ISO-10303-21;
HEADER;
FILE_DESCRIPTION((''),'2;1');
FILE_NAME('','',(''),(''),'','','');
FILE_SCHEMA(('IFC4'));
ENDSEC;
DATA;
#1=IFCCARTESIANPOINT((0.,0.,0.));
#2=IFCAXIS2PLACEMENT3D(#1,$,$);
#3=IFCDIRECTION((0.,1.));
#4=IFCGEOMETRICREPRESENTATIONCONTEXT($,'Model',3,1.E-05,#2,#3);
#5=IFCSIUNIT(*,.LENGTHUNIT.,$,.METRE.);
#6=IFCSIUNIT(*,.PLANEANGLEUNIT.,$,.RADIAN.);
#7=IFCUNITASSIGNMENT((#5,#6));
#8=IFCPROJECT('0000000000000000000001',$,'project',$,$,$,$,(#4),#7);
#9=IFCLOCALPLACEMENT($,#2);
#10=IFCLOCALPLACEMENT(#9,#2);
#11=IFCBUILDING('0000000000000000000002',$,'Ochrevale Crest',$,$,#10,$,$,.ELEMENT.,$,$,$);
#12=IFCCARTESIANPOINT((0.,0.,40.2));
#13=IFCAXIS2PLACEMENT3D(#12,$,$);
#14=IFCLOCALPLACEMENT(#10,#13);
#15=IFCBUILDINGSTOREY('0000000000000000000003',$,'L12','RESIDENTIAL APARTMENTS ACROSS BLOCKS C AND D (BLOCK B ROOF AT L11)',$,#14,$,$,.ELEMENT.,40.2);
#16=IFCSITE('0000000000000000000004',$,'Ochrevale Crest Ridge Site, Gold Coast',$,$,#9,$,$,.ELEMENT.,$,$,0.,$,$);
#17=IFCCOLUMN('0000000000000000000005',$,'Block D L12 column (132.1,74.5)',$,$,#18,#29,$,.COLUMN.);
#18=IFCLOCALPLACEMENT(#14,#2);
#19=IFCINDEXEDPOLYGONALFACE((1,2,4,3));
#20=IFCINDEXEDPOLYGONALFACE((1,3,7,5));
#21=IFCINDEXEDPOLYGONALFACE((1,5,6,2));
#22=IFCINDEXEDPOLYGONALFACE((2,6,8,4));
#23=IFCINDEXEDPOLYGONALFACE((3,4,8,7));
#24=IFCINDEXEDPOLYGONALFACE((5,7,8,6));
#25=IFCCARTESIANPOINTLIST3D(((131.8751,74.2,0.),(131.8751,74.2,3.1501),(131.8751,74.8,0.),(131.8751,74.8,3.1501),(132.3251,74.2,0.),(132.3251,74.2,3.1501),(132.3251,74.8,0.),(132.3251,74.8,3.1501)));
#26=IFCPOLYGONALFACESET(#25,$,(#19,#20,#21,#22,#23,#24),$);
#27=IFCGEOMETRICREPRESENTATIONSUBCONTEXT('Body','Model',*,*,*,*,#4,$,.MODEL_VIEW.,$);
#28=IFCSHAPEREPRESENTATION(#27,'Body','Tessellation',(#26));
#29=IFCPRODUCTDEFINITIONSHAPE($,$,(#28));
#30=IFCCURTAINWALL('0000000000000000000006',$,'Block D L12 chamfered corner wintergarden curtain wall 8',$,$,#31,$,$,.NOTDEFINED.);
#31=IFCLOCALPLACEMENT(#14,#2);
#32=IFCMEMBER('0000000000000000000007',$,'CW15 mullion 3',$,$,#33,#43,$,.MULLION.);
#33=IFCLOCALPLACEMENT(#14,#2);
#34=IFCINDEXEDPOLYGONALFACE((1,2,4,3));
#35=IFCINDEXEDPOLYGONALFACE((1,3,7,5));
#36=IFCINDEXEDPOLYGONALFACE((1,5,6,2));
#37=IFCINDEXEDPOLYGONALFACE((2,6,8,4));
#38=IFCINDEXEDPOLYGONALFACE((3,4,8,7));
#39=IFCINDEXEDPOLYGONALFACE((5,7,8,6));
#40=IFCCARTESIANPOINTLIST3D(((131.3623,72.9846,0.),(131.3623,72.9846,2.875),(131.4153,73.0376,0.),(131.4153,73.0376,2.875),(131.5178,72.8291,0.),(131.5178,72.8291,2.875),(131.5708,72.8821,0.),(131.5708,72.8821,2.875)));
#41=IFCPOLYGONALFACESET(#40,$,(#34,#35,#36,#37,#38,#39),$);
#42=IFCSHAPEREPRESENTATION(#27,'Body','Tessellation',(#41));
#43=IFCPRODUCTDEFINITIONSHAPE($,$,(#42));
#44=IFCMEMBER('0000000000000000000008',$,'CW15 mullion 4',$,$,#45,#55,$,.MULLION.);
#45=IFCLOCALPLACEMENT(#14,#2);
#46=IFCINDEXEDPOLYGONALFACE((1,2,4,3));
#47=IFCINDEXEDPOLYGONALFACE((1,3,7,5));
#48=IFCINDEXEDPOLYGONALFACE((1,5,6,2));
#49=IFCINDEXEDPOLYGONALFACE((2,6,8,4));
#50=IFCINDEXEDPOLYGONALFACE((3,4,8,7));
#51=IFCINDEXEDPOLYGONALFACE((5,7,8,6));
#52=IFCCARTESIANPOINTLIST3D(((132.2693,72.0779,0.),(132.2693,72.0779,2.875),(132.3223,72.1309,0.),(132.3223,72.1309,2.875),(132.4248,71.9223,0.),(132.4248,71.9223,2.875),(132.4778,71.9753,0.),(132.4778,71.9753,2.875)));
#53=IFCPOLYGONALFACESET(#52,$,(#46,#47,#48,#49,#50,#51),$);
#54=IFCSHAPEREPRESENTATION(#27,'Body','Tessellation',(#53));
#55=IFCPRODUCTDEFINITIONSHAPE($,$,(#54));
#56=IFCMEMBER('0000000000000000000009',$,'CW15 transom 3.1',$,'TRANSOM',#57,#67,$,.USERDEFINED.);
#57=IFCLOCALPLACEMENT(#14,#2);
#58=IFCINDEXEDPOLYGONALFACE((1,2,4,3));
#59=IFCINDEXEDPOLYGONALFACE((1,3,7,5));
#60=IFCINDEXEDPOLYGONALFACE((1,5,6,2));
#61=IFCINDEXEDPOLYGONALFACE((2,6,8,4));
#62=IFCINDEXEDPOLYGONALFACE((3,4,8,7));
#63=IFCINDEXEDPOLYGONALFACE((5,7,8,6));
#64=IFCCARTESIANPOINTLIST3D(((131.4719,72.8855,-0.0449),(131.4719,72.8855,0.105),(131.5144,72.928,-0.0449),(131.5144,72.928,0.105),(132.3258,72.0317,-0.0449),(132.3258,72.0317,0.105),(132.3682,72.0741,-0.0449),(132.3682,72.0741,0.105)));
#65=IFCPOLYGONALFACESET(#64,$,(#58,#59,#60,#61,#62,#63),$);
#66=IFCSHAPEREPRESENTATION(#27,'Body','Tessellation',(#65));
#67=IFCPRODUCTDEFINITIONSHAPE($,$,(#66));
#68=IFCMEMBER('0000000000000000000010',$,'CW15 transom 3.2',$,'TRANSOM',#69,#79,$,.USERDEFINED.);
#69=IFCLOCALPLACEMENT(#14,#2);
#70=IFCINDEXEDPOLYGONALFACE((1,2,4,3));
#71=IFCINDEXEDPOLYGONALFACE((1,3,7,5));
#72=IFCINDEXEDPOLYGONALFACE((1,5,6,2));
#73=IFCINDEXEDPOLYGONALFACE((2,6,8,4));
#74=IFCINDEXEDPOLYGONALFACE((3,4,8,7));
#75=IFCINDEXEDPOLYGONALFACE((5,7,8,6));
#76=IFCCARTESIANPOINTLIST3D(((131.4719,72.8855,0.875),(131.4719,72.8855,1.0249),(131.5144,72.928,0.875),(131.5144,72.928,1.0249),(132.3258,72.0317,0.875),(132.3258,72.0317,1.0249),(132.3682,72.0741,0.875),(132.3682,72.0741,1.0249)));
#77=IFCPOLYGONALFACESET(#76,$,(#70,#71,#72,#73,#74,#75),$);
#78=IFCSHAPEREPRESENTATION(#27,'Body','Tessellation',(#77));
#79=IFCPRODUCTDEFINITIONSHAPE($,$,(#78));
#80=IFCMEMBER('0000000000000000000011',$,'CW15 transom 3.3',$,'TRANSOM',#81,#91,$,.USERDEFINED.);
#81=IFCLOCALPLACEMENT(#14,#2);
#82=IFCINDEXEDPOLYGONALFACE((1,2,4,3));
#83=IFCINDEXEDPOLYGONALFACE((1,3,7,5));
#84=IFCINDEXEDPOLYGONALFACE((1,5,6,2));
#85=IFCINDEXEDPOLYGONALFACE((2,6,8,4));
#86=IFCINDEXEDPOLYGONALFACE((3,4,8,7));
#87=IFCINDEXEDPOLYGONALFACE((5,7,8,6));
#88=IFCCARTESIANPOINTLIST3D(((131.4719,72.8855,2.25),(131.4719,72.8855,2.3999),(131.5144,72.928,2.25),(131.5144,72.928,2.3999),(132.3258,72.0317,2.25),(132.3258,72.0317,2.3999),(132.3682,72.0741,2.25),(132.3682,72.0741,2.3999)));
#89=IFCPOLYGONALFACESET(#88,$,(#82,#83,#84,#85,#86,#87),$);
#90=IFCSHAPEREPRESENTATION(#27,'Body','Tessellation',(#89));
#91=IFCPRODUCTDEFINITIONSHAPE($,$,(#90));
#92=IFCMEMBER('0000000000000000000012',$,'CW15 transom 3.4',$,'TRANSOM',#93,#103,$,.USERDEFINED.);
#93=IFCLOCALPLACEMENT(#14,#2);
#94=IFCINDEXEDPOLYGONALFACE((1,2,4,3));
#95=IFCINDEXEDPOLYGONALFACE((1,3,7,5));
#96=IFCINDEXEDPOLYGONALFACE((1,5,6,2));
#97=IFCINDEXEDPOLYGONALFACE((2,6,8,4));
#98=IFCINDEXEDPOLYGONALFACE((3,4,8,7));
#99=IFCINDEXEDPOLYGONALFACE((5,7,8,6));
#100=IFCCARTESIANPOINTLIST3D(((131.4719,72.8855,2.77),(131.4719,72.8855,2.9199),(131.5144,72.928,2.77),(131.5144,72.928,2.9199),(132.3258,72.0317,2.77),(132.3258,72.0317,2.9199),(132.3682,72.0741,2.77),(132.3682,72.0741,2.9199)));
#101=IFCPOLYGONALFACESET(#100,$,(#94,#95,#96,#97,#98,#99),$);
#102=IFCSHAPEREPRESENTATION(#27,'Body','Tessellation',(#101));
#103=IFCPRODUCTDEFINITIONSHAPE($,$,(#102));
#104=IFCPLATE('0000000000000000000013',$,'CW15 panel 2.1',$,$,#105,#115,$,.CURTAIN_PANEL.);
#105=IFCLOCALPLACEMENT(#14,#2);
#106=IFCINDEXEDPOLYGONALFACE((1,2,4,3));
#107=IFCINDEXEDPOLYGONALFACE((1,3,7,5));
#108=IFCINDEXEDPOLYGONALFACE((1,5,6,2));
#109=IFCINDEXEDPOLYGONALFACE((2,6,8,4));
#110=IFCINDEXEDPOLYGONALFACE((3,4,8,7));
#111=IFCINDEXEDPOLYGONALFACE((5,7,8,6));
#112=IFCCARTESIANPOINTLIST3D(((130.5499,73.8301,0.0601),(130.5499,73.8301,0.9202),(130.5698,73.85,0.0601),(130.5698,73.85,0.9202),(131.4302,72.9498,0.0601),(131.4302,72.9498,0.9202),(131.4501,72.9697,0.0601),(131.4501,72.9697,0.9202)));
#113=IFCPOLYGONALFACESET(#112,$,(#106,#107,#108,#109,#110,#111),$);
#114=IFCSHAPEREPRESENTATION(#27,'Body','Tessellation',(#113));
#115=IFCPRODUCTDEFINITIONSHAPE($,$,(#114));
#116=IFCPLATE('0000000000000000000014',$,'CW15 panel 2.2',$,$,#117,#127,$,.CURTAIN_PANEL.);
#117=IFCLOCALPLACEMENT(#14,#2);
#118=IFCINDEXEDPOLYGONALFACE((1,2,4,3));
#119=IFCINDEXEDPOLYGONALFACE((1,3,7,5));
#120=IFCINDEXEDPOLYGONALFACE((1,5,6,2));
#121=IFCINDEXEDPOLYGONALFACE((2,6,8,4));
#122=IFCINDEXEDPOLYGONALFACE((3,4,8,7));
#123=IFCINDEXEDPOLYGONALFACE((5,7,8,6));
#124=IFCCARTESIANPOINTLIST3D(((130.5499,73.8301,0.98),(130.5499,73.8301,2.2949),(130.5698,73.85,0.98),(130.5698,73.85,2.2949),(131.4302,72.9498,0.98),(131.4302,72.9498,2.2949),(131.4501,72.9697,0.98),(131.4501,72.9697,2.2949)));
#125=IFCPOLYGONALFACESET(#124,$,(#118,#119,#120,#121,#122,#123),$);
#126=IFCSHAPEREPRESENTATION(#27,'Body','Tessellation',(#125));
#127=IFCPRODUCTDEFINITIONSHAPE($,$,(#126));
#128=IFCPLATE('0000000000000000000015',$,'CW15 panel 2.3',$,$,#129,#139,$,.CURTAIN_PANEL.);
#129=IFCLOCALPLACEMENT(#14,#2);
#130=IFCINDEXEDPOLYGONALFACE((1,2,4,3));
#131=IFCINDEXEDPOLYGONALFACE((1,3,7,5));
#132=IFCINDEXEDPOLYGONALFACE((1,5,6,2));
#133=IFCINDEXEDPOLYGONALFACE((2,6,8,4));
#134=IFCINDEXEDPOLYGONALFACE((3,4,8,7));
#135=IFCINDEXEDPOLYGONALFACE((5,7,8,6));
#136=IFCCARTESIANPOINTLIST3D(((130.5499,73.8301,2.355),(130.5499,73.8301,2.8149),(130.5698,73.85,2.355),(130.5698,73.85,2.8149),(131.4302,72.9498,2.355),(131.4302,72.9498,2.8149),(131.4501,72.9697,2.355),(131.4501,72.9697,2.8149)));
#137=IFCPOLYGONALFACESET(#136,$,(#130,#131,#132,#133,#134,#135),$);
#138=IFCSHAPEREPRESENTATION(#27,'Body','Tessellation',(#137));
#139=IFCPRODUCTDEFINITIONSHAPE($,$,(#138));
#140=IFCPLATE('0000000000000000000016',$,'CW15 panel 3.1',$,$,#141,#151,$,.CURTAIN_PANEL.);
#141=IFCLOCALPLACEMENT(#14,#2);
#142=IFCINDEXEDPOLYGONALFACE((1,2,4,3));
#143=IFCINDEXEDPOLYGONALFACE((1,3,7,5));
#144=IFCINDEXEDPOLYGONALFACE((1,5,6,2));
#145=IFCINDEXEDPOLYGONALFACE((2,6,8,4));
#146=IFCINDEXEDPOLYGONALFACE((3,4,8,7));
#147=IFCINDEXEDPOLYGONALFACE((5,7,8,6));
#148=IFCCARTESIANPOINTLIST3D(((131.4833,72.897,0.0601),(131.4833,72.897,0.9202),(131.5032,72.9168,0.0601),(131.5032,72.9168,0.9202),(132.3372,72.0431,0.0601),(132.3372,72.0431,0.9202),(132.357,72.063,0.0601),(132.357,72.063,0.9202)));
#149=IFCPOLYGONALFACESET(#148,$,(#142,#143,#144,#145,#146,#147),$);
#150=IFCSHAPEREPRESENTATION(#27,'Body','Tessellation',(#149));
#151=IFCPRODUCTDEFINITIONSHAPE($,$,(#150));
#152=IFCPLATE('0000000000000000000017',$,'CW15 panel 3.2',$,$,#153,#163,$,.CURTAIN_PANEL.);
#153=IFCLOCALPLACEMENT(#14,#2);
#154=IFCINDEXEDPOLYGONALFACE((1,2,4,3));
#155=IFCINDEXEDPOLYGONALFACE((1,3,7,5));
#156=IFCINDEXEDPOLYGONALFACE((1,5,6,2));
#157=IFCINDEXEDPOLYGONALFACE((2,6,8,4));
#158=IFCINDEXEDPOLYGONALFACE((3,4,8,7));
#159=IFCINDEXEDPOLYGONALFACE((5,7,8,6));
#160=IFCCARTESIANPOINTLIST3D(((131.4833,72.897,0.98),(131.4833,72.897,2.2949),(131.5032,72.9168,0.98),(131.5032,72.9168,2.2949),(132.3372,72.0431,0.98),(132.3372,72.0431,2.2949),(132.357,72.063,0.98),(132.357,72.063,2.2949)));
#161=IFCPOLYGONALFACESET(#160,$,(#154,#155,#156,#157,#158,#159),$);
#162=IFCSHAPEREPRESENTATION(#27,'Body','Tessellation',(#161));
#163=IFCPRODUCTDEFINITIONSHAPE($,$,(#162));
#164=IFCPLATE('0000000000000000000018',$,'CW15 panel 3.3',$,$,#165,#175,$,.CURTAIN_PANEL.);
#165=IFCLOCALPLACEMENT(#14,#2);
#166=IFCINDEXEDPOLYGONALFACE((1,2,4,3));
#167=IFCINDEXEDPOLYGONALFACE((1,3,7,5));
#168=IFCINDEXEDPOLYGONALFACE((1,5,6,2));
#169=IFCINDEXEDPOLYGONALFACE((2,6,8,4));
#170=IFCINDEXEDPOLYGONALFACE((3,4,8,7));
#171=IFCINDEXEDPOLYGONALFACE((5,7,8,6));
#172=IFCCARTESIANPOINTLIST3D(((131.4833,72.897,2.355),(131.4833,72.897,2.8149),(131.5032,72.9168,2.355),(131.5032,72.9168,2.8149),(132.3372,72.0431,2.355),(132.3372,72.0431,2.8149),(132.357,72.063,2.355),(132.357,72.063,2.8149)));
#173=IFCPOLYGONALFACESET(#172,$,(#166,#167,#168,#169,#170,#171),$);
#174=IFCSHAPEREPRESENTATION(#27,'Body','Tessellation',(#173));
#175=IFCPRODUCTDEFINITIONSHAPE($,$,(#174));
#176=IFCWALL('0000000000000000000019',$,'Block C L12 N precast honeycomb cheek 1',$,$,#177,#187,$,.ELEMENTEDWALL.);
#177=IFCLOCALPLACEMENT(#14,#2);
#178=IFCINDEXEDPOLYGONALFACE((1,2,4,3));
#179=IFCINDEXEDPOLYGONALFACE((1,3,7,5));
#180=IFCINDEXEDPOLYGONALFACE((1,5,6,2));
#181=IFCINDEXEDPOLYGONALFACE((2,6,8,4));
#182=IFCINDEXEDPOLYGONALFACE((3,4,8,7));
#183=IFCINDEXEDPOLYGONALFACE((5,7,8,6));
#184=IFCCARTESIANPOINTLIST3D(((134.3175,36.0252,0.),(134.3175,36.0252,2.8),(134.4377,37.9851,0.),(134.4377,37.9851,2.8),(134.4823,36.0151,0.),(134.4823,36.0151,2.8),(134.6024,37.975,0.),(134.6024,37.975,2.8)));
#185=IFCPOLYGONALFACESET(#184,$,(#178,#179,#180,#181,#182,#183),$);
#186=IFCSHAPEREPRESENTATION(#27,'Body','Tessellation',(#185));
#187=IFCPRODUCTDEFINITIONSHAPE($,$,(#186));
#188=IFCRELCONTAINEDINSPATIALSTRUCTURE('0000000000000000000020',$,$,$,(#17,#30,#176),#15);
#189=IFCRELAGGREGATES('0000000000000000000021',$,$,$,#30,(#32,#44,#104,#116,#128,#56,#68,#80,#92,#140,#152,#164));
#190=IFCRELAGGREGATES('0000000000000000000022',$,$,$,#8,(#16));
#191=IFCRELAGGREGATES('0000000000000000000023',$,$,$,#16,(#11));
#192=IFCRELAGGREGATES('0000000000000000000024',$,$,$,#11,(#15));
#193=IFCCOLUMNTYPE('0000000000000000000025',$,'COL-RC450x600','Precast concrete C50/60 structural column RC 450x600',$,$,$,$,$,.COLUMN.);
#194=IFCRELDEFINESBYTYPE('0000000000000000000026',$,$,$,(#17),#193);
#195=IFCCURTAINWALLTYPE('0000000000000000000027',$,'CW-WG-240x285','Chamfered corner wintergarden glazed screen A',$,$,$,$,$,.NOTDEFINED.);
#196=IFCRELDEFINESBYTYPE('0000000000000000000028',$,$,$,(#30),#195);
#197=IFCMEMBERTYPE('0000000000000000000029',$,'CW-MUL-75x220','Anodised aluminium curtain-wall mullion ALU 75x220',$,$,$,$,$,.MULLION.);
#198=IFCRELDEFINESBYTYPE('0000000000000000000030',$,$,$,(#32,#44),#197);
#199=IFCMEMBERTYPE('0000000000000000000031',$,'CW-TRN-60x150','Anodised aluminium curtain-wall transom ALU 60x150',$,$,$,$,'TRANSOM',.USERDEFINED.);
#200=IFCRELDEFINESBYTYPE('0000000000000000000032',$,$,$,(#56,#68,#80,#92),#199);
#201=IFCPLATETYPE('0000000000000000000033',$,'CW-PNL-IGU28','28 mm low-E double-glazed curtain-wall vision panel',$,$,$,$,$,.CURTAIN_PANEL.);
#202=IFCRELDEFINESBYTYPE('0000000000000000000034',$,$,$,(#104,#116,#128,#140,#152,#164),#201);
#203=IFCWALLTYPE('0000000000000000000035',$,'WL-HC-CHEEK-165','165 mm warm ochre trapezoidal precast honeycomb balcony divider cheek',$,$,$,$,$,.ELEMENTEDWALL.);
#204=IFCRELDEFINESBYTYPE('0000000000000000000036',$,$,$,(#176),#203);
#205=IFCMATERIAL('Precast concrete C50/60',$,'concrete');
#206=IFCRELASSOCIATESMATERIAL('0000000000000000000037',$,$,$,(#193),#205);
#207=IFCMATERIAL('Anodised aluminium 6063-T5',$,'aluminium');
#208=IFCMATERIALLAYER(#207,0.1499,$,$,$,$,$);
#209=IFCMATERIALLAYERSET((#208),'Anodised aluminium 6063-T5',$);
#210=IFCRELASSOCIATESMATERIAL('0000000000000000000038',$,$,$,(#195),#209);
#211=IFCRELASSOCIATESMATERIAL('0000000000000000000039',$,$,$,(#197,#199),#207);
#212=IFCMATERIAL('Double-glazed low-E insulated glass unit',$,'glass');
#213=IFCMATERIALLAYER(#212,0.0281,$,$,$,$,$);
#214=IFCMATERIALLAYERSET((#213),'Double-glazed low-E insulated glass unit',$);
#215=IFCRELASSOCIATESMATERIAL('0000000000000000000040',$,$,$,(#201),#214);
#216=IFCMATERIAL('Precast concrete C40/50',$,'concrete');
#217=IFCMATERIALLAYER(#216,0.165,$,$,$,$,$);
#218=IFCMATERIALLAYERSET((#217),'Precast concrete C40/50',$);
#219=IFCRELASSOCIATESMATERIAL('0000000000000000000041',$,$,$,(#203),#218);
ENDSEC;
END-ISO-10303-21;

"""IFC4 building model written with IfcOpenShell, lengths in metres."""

from ifc_helpers import new_model, si_unit, direction, frame, frame_2d, origin, origin_2d, place, context, subcontext, project, spatial, rectangle, extrude, material, layer, layer_set, material_profile, profile_set, type_object, element, aggregate, save


model = new_model("IFC4")

# Units and contexts
model_context = context("Model", 3, precision=1e-05, world=origin(), true_north=direction((0.0, 1.0)))
body_context = subcontext(model_context, "Body", "Model", "MODEL_VIEW")
ifc_project = project(units=[si_unit("LENGTHUNIT", "METRE"), si_unit("PLANEANGLEUNIT", "RADIAN")], contexts=[model_context])

# Site, building, storey
site_placement = place(None, origin())
site = spatial("IfcSite", under=ifc_project, at=site_placement, Name="Ochrevale Crest Ridge Site, Gold Coast", CompositionType="ELEMENT", RefElevation=0.0)
building_placement = place(site_placement, origin())
building = spatial("IfcBuilding", under=site, at=building_placement, Name="Ochrevale Crest", CompositionType="ELEMENT")
storey_placement = place(building_placement, frame((0.0, 0.0, 40.2)))
storey = spatial("IfcBuildingStorey", under=building, at=storey_placement, Name="L12", Description="RESIDENTIAL APARTMENTS ACROSS BLOCKS C AND D (BLOCK B ROOF AT L11)", CompositionType="ELEMENT", Elevation=40.2)

# Column
ifc_material_1 = material(Name="Precast concrete C50/60", Category="concrete")
ifc_material_profile_1 = material_profile(ifc_material_1, rectangle(XDim=0.45, YDim=0.6001, at=origin_2d()), Name="RC 450x600")
ifc_profile_set_1 = profile_set([ifc_material_profile_1], Name="Precast concrete C50/60")
column_type = type_object("IfcColumnType", Name="COL-RC450x600", Description="Precast concrete C50/60 structural column RC 450x600", PredefinedType="COLUMN", material=ifc_profile_set_1)
column_placement = place(storey_placement, frame((132.1001, 74.5, 0.0), z_axis=(0.0, 0.0, 1.0), x_axis=(1.0, 0.0, 0.0)))
element("IfcColumn", 1, at=column_placement, inside=storey, type_object=column_type, Name="Block D L12 column (132.1,74.5)", PredefinedType="COLUMN", context=body_context, shape_type="SweptSolid", body=[
    extrude(rectangle(XDim=0.45, YDim=0.6001, at=origin_2d()), origin(), (0.0, 0.0, 1.0), 3.1501),
])

# Curtain wall, members, plates
ifc_material_2 = material(Name="Anodised aluminium 6063-T5", Category="aluminium")
ifc_layer_1 = layer(ifc_material_2, 0.1499)
ifc_layer_set_1 = layer_set([ifc_layer_1], Name="Anodised aluminium 6063-T5")
curtain_wall_type = type_object("IfcCurtainWallType", Name="CW-WG-240x285", Description="Chamfered corner wintergarden glazed screen A", PredefinedType="NOTDEFINED", material=ifc_layer_set_1)
curtain_wall_placement = place(storey_placement, origin())
curtain_wall = element("IfcCurtainWall", 2, at=curtain_wall_placement, inside=storey, type_object=curtain_wall_type, Name="Block D L12 chamfered corner wintergarden curtain wall 8", PredefinedType="NOTDEFINED")
ifc_material_profile_2 = material_profile(ifc_material_2, rectangle(XDim=0.075, YDim=0.22, at=origin_2d()), Name="ALU 75x220")
ifc_profile_set_2 = profile_set([ifc_material_profile_2], Name="Anodised aluminium 6063-T5")
member_type_1 = type_object("IfcMemberType", Name="CW-MUL-75x220", Description="Anodised aluminium curtain-wall mullion ALU 75x220", PredefinedType="MULLION", material=ifc_profile_set_2)
member_1_placement = place(storey_placement, frame((131.4666, 72.9333, 0.0), z_axis=(0.0, 0.0, 1.0), x_axis=(0.707107, 0.707107, 0.0)))
member_1 = element("IfcMember", 3, at=member_1_placement, type_object=member_type_1, Name="CW15 mullion 3", PredefinedType="MULLION", context=body_context, shape_type="SweptSolid", body=[
    extrude(rectangle(XDim=0.075, YDim=0.22, at=origin_2d()), origin(), (0.0, 0.0, 1.0), 2.875),
])
member_2_placement = place(storey_placement, frame((132.3735, 72.0266, 0.0), z_axis=(0.0, 0.0, 1.0), x_axis=(0.707107, 0.707107, 0.0)))
member_2 = element("IfcMember", 4, at=member_2_placement, type_object=member_type_1, Name="CW15 mullion 4", PredefinedType="MULLION", context=body_context, shape_type="SweptSolid", body=[
    extrude(rectangle(XDim=0.075, YDim=0.22, at=origin_2d()), origin(), (0.0, 0.0, 1.0), 2.875),
])
ifc_material_profile_3 = material_profile(ifc_material_2, rectangle(XDim=0.0601, YDim=0.1499, at=origin_2d()), Name="ALU 60x150")
ifc_profile_set_3 = profile_set([ifc_material_profile_3], Name="Anodised aluminium 6063-T5")
member_type_2 = type_object("IfcMemberType", Name="CW-TRN-60x150", Description="Anodised aluminium curtain-wall transom ALU 60x150", ElementType="TRANSOM", PredefinedType="USERDEFINED", material=ifc_profile_set_3)
member_3_placement = place(storey_placement, frame((131.4932, 72.9067, 0.03), z_axis=(0.707107, -0.707107, 0.0), x_axis=(0.707107, 0.707107, 0.0)))
member_3 = element("IfcMember", 5, at=member_3_placement, type_object=member_type_2, Name="CW15 transom 3.1", ObjectType="TRANSOM", PredefinedType="USERDEFINED", context=body_context, shape_type="SweptSolid", body=[
    extrude(rectangle(XDim=0.0601, YDim=0.1499, at=origin_2d()), origin(), (0.0, 0.0, 1.0), 1.2075),
])
member_4_placement = place(storey_placement, frame((131.4932, 72.9067, 0.95), z_axis=(0.707107, -0.707107, 0.0), x_axis=(0.707107, 0.707107, 0.0)))
member_4 = element("IfcMember", 6, at=member_4_placement, type_object=member_type_2, Name="CW15 transom 3.2", ObjectType="TRANSOM", PredefinedType="USERDEFINED", context=body_context, shape_type="SweptSolid", body=[
    extrude(rectangle(XDim=0.0601, YDim=0.1499, at=origin_2d()), origin(), (0.0, 0.0, 1.0), 1.2075),
])
member_5_placement = place(storey_placement, frame((131.4932, 72.9067, 2.325), z_axis=(0.707107, -0.707107, 0.0), x_axis=(0.707107, 0.707107, 0.0)))
member_5 = element("IfcMember", 7, at=member_5_placement, type_object=member_type_2, Name="CW15 transom 3.3", ObjectType="TRANSOM", PredefinedType="USERDEFINED", context=body_context, shape_type="SweptSolid", body=[
    extrude(rectangle(XDim=0.0601, YDim=0.1499, at=origin_2d()), origin(), (0.0, 0.0, 1.0), 1.2075),
])
member_6_placement = place(storey_placement, frame((131.4932, 72.9067, 2.845), z_axis=(0.707107, -0.707107, 0.0), x_axis=(0.707107, 0.707107, 0.0)))
member_6 = element("IfcMember", 8, at=member_6_placement, type_object=member_type_2, Name="CW15 transom 3.4", ObjectType="TRANSOM", PredefinedType="USERDEFINED", context=body_context, shape_type="SweptSolid", body=[
    extrude(rectangle(XDim=0.0601, YDim=0.1499, at=origin_2d()), origin(), (0.0, 0.0, 1.0), 1.2075),
])
ifc_material_3 = material(Name="Double-glazed low-E insulated glass unit", Category="glass")
ifc_layer_2 = layer(ifc_material_3, 0.0281)
ifc_layer_set_2 = layer_set([ifc_layer_2], Name="Double-glazed low-E insulated glass unit")
plate_type = type_object("IfcPlateType", Name="CW-PNL-IGU28", Description="28 mm low-E double-glazed curtain-wall vision panel", PredefinedType="CURTAIN_PANEL", material=ifc_layer_set_2)
plate_1_placement = place(storey_placement, frame((131.0, 73.3999, 0.0601), z_axis=(0.0, 0.0, 1.0), x_axis=(0.707107, -0.707107, 0.0)))
plate_1 = element("IfcPlate", 9, at=plate_1_placement, type_object=plate_type, Name="CW15 panel 2.1", PredefinedType="CURTAIN_PANEL", context=body_context, shape_type="SweptSolid", body=[
    extrude(rectangle(XDim=1.2449, YDim=0.0281, at=origin_2d()), origin(), (0.0, 0.0, 1.0), 0.8601),
])
plate_2_placement = place(storey_placement, frame((131.0, 73.3999, 0.98), z_axis=(0.0, 0.0, 1.0), x_axis=(0.707107, -0.707107, 0.0)))
plate_2 = element("IfcPlate", 10, at=plate_2_placement, type_object=plate_type, Name="CW15 panel 2.2", PredefinedType="CURTAIN_PANEL", context=body_context, shape_type="SweptSolid", body=[
    extrude(rectangle(XDim=1.2449, YDim=0.0281, at=origin_2d()), origin(), (0.0, 0.0, 1.0), 1.3149),
])
plate_3_placement = place(storey_placement, frame((131.0, 73.3999, 2.355), z_axis=(0.0, 0.0, 1.0), x_axis=(0.707107, -0.707107, 0.0)))
plate_3 = element("IfcPlate", 11, at=plate_3_placement, type_object=plate_type, Name="CW15 panel 2.3", PredefinedType="CURTAIN_PANEL", context=body_context, shape_type="SweptSolid", body=[
    extrude(rectangle(XDim=1.2449, YDim=0.0281, at=origin_2d()), origin(), (0.0, 0.0, 1.0), 0.46),
])
plate_4_placement = place(storey_placement, frame((131.9202, 72.48, 0.0601), z_axis=(0.0, 0.0, 1.0), x_axis=(0.707107, -0.707107, 0.0)))
plate_4 = element("IfcPlate", 12, at=plate_4_placement, type_object=plate_type, Name="CW15 panel 3.1", PredefinedType="CURTAIN_PANEL", context=body_context, shape_type="SweptSolid", body=[
    extrude(rectangle(XDim=1.2075, YDim=0.0281, at=origin_2d()), origin(), (0.0, 0.0, 1.0), 0.8601),
])
plate_5_placement = place(storey_placement, frame((131.9202, 72.48, 0.98), z_axis=(0.0, 0.0, 1.0), x_axis=(0.707107, -0.707107, 0.0)))
plate_5 = element("IfcPlate", 13, at=plate_5_placement, type_object=plate_type, Name="CW15 panel 3.2", PredefinedType="CURTAIN_PANEL", context=body_context, shape_type="SweptSolid", body=[
    extrude(rectangle(XDim=1.2075, YDim=0.0281, at=origin_2d()), origin(), (0.0, 0.0, 1.0), 1.3149),
])
plate_6_placement = place(storey_placement, frame((131.9202, 72.48, 2.355), z_axis=(0.0, 0.0, 1.0), x_axis=(0.707107, -0.707107, 0.0)))
plate_6 = element("IfcPlate", 14, at=plate_6_placement, type_object=plate_type, Name="CW15 panel 3.3", PredefinedType="CURTAIN_PANEL", context=body_context, shape_type="SweptSolid", body=[
    extrude(rectangle(XDim=1.2075, YDim=0.0281, at=origin_2d()), origin(), (0.0, 0.0, 1.0), 0.46),
])
aggregate(curtain_wall, [member_1, member_2, plate_1, plate_2, plate_3, member_3, member_4, member_5, member_6, plate_4, plate_5, plate_6])

# Shared definitions
ifc_material_4 = material(Name="Precast concrete C40/50", Category="concrete")

# Wall
ifc_layer_3 = layer(ifc_material_4, 0.165)
ifc_layer_set_3 = layer_set([ifc_layer_3], Name="Precast concrete C40/50")
wall_type_1 = type_object("IfcWallType", Name="WL-HC-CHEEK-165", Description="165 mm warm ochre trapezoidal precast honeycomb balcony divider cheek", PredefinedType="ELEMENTEDWALL", material=ifc_layer_set_3)
wall_1_placement = place(storey_placement, frame((134.3999, 36.02, 0.0), z_axis=(0.0, 0.0, 1.0), x_axis=(0.061171, 0.998127, 0.0)))
element("IfcWall", 15, at=wall_1_placement, inside=storey, type_object=wall_type_1, Name="Block C L12 N precast honeycomb cheek 1", PredefinedType="ELEMENTEDWALL", context=body_context, shape_type="SweptSolid", body=[
    extrude(rectangle(XDim=1.9636, YDim=0.165, at=frame_2d((0.9819, 0.0))), origin(), (0.0, 0.0, 1.0), 2.8),
])

save(model, "model.ifc")
